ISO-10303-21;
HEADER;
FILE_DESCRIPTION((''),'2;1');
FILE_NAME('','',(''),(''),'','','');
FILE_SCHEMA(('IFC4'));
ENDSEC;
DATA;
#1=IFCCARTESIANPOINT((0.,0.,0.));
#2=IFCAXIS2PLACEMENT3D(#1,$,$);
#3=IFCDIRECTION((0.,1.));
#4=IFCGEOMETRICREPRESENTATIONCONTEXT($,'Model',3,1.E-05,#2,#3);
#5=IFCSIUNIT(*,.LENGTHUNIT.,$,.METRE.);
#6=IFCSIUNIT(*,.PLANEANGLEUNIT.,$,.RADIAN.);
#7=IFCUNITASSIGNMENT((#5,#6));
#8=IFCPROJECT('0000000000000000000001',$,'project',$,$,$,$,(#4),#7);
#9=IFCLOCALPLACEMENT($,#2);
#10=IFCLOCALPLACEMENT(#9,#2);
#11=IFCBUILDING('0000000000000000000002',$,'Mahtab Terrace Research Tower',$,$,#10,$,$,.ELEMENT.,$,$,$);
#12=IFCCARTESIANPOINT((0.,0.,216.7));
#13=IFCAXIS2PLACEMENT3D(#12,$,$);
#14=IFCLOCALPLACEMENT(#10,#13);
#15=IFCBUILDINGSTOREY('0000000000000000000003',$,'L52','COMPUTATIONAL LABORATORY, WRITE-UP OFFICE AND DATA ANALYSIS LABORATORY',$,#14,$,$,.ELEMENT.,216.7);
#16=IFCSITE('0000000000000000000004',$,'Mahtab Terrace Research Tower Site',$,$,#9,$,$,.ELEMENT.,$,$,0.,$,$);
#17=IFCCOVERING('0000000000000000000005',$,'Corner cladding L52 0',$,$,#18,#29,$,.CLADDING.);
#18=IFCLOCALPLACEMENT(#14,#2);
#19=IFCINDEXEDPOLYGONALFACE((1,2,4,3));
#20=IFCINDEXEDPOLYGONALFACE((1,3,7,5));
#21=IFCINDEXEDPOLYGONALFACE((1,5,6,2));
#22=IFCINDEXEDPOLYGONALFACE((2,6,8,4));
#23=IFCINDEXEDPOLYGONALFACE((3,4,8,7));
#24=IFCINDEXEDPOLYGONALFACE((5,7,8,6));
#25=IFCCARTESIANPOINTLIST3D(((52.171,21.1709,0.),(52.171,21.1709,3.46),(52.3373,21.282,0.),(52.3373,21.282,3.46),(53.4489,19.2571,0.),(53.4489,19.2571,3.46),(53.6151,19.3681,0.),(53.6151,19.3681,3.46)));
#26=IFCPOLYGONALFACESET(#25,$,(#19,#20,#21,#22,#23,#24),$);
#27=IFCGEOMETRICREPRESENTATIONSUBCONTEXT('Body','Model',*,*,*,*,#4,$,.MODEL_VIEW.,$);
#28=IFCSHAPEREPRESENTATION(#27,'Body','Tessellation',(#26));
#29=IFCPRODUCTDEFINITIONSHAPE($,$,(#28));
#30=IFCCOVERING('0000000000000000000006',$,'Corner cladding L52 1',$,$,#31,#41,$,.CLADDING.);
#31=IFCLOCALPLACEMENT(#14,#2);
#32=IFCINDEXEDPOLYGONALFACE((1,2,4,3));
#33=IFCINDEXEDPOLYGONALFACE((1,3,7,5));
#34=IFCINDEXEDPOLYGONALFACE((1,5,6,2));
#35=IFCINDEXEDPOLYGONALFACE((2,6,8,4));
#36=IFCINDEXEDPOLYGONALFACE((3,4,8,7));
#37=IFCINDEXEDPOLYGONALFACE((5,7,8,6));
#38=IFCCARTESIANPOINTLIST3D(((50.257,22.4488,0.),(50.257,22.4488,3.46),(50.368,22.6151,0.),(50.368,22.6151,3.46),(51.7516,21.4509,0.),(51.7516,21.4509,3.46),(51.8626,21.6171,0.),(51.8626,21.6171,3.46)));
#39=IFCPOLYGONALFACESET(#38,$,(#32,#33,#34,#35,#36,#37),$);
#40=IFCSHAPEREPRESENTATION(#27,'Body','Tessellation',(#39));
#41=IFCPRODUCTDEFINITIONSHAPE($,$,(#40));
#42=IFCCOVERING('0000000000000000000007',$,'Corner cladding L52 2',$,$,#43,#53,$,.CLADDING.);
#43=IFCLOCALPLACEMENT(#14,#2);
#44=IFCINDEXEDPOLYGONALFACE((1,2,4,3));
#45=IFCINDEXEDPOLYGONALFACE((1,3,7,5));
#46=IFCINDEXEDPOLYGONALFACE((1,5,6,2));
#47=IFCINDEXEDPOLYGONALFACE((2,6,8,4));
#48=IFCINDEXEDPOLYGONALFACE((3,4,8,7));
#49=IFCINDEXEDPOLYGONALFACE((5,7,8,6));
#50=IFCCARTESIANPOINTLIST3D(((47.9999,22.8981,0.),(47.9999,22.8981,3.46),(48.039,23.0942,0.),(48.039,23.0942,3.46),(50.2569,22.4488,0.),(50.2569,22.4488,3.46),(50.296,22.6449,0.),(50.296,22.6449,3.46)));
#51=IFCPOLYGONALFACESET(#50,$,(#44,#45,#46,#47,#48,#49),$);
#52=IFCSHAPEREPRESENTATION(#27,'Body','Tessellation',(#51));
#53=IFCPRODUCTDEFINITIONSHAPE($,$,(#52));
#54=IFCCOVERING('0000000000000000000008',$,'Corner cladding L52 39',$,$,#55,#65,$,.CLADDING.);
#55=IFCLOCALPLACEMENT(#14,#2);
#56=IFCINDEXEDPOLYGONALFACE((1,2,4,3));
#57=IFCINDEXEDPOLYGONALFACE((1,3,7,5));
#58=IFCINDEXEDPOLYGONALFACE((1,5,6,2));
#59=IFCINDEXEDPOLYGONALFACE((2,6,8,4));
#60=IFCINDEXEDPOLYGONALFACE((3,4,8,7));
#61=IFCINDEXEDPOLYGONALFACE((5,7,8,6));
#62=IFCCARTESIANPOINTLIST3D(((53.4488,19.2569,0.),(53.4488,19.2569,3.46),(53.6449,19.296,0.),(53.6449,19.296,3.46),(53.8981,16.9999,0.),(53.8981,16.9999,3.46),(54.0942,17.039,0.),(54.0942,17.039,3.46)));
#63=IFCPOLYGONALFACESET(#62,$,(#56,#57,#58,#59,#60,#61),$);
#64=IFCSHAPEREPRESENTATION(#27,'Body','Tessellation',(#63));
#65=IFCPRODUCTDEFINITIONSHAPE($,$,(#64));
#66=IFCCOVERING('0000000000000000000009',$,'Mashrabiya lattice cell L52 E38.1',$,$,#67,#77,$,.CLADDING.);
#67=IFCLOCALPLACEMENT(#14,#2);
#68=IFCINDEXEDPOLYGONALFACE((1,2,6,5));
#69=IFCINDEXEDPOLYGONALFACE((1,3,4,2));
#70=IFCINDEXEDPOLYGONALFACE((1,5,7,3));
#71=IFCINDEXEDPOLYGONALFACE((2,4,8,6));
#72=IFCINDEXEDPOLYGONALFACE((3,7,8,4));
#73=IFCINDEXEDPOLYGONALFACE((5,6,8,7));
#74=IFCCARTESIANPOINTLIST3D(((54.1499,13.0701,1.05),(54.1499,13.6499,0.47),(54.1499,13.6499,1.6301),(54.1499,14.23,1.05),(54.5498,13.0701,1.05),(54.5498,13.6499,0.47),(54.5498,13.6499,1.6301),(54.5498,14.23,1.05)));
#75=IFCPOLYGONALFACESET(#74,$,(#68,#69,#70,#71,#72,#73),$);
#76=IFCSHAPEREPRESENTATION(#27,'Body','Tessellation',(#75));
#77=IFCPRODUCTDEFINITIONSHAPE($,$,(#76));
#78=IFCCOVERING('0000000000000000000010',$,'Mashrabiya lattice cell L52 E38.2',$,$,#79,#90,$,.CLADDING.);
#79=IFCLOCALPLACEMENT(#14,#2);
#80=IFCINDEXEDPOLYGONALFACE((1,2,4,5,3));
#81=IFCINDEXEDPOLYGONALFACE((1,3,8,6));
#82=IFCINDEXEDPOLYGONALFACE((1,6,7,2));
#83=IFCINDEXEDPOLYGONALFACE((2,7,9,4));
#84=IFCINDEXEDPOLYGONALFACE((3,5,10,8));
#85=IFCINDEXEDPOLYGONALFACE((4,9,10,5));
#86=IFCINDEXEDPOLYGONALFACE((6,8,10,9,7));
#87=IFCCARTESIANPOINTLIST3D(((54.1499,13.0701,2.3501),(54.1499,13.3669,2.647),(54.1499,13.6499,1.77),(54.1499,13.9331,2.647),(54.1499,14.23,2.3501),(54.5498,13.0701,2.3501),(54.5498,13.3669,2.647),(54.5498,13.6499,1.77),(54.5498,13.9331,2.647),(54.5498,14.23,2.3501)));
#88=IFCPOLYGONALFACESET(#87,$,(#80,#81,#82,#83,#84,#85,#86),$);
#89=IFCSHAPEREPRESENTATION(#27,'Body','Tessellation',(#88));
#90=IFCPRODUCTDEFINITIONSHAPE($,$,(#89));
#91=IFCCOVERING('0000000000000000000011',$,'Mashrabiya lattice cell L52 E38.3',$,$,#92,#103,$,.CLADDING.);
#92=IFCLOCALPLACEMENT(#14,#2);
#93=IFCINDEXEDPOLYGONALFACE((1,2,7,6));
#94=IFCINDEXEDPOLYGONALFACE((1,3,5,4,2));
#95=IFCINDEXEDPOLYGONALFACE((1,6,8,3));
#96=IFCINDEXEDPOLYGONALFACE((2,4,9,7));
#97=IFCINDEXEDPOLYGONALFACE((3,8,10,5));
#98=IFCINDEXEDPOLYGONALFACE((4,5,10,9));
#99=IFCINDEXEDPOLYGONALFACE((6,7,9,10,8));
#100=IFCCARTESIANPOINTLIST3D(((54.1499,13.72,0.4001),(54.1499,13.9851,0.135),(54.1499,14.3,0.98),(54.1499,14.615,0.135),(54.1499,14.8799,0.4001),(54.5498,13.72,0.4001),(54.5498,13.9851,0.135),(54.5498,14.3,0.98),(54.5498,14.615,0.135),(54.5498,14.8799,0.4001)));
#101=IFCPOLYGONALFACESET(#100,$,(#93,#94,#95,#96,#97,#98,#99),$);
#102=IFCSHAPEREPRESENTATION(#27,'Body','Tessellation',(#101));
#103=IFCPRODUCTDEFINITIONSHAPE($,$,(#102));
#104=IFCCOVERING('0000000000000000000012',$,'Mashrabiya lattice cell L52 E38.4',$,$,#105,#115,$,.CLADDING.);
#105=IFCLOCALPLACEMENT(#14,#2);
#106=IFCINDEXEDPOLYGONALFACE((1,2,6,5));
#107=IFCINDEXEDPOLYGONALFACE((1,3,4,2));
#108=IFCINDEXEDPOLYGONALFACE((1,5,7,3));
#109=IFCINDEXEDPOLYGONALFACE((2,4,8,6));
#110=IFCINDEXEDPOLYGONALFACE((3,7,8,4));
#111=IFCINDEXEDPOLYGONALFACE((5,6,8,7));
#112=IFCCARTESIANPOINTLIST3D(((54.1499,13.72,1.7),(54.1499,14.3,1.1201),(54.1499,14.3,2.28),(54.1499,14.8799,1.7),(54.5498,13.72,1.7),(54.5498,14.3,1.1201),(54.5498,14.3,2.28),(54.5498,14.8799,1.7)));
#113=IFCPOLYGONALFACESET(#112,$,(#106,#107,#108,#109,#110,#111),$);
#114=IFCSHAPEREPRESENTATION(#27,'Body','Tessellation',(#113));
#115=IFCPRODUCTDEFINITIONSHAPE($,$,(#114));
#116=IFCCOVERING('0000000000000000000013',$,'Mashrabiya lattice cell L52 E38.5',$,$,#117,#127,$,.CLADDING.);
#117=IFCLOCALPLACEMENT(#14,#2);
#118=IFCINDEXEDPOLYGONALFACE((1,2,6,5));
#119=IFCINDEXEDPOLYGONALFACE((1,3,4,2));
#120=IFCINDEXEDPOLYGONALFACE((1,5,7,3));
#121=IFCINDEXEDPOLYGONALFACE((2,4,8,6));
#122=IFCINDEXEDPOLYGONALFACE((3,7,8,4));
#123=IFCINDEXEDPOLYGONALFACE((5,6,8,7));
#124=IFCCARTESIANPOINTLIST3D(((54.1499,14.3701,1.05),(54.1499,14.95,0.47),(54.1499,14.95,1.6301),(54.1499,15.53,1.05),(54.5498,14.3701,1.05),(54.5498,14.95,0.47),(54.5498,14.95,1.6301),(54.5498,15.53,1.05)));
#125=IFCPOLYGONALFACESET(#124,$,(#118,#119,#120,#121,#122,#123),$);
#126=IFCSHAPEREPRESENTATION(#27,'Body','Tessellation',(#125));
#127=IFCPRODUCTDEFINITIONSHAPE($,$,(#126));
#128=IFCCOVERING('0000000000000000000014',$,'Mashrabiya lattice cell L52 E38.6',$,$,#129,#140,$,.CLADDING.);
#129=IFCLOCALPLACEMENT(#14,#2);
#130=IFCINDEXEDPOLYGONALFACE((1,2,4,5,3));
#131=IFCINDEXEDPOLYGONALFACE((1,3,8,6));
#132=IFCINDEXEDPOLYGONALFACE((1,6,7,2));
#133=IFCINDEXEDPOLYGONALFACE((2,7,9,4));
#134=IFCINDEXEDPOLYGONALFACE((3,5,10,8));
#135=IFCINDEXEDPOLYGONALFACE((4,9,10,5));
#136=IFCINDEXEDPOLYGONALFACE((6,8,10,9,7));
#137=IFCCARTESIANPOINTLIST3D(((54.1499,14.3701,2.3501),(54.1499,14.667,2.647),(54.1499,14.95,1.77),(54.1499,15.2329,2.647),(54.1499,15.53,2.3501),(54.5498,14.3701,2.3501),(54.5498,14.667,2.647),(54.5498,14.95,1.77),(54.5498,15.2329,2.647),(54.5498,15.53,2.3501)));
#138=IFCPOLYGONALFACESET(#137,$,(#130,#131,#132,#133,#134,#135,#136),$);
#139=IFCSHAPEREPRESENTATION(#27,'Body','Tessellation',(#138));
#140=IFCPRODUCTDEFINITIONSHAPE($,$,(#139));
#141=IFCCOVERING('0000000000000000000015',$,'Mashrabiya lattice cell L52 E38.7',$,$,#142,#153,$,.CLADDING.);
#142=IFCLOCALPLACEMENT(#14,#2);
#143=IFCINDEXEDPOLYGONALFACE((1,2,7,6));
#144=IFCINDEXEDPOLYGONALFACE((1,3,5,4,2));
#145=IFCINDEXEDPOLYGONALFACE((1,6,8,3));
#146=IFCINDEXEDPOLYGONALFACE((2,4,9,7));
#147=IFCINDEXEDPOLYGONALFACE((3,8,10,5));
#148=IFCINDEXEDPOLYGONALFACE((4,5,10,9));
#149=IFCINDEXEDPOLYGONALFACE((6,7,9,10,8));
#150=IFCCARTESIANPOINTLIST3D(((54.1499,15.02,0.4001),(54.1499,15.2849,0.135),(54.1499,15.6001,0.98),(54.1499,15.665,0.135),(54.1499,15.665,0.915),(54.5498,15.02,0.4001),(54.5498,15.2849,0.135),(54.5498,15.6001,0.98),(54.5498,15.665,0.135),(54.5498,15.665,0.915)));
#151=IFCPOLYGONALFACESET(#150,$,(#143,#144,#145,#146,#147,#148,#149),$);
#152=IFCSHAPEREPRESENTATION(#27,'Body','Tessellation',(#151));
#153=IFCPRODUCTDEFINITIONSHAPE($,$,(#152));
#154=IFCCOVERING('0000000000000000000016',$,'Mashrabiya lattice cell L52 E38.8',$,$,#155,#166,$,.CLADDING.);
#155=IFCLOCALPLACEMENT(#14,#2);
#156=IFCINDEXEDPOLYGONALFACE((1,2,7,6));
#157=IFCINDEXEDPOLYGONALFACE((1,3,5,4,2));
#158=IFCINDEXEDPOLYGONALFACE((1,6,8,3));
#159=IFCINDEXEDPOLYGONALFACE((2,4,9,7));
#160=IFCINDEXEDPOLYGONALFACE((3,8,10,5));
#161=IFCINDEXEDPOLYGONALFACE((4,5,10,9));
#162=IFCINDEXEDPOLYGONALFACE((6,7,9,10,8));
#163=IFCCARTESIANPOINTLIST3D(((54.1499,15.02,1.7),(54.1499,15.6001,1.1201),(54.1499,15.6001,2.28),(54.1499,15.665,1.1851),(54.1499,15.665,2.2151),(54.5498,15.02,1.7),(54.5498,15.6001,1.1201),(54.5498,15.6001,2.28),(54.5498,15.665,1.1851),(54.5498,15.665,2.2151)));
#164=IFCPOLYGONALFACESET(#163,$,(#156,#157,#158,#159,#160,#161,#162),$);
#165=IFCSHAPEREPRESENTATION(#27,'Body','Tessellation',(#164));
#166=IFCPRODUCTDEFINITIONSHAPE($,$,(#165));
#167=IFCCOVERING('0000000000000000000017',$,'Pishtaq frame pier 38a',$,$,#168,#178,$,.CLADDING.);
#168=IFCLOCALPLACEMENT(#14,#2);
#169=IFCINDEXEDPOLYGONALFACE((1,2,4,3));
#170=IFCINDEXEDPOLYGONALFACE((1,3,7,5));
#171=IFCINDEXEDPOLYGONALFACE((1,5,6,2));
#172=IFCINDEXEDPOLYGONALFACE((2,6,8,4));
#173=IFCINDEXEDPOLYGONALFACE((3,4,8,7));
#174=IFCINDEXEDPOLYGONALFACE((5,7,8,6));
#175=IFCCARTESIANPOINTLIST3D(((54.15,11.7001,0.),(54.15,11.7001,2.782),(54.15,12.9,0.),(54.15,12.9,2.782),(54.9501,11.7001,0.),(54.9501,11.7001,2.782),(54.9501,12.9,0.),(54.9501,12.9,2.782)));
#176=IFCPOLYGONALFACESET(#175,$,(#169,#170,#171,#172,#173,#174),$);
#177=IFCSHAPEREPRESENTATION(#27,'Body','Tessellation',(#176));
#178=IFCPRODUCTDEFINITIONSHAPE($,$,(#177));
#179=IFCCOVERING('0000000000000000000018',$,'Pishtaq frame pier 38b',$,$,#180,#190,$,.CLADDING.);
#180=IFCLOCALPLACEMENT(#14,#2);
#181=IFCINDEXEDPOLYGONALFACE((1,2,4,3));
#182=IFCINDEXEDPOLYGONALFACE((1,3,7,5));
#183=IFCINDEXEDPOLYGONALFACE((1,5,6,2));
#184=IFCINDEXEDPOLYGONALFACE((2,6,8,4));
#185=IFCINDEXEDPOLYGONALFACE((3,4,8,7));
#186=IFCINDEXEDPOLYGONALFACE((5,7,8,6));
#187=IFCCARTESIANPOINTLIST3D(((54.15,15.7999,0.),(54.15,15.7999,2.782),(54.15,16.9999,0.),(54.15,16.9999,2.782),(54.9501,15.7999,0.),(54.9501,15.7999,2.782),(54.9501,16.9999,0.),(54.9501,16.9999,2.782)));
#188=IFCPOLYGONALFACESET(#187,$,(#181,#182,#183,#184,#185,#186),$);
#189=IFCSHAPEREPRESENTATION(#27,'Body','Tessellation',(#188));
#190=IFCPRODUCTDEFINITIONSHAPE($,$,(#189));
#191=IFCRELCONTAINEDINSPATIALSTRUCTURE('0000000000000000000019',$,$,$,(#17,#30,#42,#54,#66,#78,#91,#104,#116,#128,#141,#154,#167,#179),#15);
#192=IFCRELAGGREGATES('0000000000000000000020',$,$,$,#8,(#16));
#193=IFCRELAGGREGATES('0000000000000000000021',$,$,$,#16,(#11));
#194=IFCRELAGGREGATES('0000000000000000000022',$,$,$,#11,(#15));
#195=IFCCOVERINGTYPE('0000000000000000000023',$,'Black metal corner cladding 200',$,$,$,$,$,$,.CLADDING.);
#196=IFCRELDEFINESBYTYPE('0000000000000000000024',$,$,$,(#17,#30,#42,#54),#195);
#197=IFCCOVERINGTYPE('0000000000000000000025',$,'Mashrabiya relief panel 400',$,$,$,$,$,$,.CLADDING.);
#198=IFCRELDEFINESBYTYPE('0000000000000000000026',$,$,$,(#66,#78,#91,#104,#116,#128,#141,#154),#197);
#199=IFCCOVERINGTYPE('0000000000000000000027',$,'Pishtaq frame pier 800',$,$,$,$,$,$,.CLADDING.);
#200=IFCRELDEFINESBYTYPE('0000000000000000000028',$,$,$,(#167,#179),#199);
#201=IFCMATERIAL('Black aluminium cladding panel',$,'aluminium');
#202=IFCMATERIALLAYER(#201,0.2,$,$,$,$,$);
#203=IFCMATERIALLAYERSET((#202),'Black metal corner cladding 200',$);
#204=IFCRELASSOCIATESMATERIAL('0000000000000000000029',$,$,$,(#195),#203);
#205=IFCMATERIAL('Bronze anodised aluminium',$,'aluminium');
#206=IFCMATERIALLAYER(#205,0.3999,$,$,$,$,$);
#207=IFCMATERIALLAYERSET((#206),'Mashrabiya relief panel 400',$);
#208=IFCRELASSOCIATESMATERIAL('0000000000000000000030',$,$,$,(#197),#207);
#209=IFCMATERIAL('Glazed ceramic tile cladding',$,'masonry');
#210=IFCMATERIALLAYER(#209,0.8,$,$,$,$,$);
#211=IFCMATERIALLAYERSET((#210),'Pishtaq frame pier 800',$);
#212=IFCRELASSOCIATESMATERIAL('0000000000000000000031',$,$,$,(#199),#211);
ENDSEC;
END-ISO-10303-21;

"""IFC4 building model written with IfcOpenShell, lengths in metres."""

from ifc_helpers import new_model, si_unit, direction, frame, origin, origin_2d, place, context, subcontext, project, spatial, polyline, rectangle, outline, extrude, material, layer, layer_set, type_object, element, save


model = new_model("IFC4")

# Units and contexts
model_context = context("Model", 3, precision=1e-05, world=origin(), true_north=direction((0.0, 1.0)))
body_context = subcontext(model_context, "Body", "Model", "MODEL_VIEW")
ifc_project = project(units=[si_unit("LENGTHUNIT", "METRE"), si_unit("PLANEANGLEUNIT", "RADIAN")], contexts=[model_context])

# Site, building, storey
site_placement = place(None, origin())
site = spatial("IfcSite", under=ifc_project, at=site_placement, Name="Mahtab Terrace Research Tower Site", CompositionType="ELEMENT", RefElevation=0.0)
building_placement = place(site_placement, origin())
building = spatial("IfcBuilding", under=site, at=building_placement, Name="Mahtab Terrace Research Tower", CompositionType="ELEMENT")
storey_placement = place(building_placement, frame((0.0, 0.0, 216.7)))
storey = spatial("IfcBuildingStorey", under=building, at=storey_placement, Name="L52", Description="COMPUTATIONAL LABORATORY, WRITE-UP OFFICE AND DATA ANALYSIS LABORATORY", CompositionType="ELEMENT", Elevation=216.7)

# Shared definitions
ifc_material_1 = material(Name="Black aluminium cladding panel", Category="aluminium")

# Coverings
ifc_layer_1 = layer(ifc_material_1, 0.2)
ifc_layer_set_1 = layer_set([ifc_layer_1], Name="Black metal corner cladding 200")
covering_type_1 = type_object("IfcCoveringType", Name="Black metal corner cladding 200", PredefinedType="CLADDING", material=ifc_layer_set_1)
covering_1_placement = place(storey_placement, frame((52.8931, 20.2695, 0.0), z_axis=(0.0, 0.0, 1.0), x_axis=(-0.555291, 0.831656, 0.0)))
element("IfcCovering", 1, at=covering_1_placement, inside=storey, type_object=covering_type_1, Name="Corner cladding L52 0", PredefinedType="CLADDING", context=body_context, shape_type="SweptSolid", body=[
    extrude(rectangle(XDim=2.3013, YDim=0.2, at=origin_2d()), origin(), (0.0, 0.0, 1.0), 3.46),
])
covering_2_placement = place(storey_placement, frame((51.0598, 22.033, 0.0), z_axis=(0.0, 0.0, 1.0), x_axis=(-0.831656, 0.555291, 0.0)))
element("IfcCovering", 2, at=covering_2_placement, inside=storey, type_object=covering_type_1, Name="Corner cladding L52 1", PredefinedType="CLADDING", context=body_context, shape_type="SweptSolid", body=[
    extrude(rectangle(XDim=1.7971, YDim=0.2, at=origin_2d()), origin(), (0.0, 0.0, 1.0), 3.46),
])
for number, where, z_axis, x_axis, name in (
    (3, (49.1479, 22.7715, 0.0), (0.0, 0.0, 1.0), (-0.980761, 0.195212, 0.0), "Corner cladding L52 2"),
    (4, (53.7715, 18.1479, 0.0), (0.0, 0.0, 1.0), (-0.195212, 0.980761, 0.0), "Corner cladding L52 39"),
):
    element("IfcCovering", number, at=place(storey_placement, frame(where, z_axis=z_axis, x_axis=x_axis)), inside=storey, type_object=covering_type_1, Name=name, PredefinedType="CLADDING", context=body_context, shape_type="SweptSolid", body=[
        extrude(rectangle(XDim=2.3013, YDim=0.2, at=origin_2d()), origin(), (0.0, 0.0, 1.0), 3.46),
    ])
ifc_material_2 = material(Name="Bronze anodised aluminium", Category="aluminium")
ifc_layer_2 = layer(ifc_material_2, 0.3999)
ifc_layer_set_2 = layer_set([ifc_layer_2], Name="Mashrabiya relief panel 400")
covering_type_2 = type_object("IfcCoveringType", Name="Mashrabiya relief panel 400", PredefinedType="CLADDING", material=ifc_layer_set_2)
covering_3_placement = place(storey_placement, frame((54.1499, 13.6499, 1.6301), z_axis=(-1.0, 0.0, 0.0), x_axis=(0.0, 0.707107, -0.707107)))
element("IfcCovering", 5, at=covering_3_placement, inside=storey, type_object=covering_type_2, Name="Mashrabiya lattice cell L52 E38.1", PredefinedType="CLADDING", context=body_context, shape_type="SweptSolid", body=[
    extrude(outline(polyline([(0.0, 0.0), (0.8204, 0.0), (0.8204, 0.8204), (0.0002, 0.8202), (0.0, 0.0)])), origin(), (0.0, 0.0, -1.0), 0.3999),
])
covering_4_placement = place(storey_placement, frame((54.1499, 14.23, 2.3501), z_axis=(-1.0, 0.0, 0.0), x_axis=(0.0, -0.707107, -0.707107)))
element("IfcCovering", 6, at=covering_4_placement, inside=storey, type_object=covering_type_2, Name="Mashrabiya lattice cell L52 E38.2", PredefinedType="CLADDING", context=body_context, shape_type="SweptSolid", body=[
    extrude(outline(polyline([(0.0, 0.0), (0.8204, 0.0), (0.8202, 0.8202), (0.4003, 0.8202), (0.0, 0.4198), (0.0, 0.0)])), origin(), (0.0, 0.0, -1.0), 0.3999),
])
covering_5_placement = place(storey_placement, frame((54.1499, 13.72, 0.4001), z_axis=(-1.0, 0.0, 0.0), x_axis=(0.0, 0.707256, 0.706958)))
element("IfcCovering", 7, at=covering_5_placement, inside=storey, type_object=covering_type_2, Name="Mashrabiya lattice cell L52 E38.3", PredefinedType="CLADDING", context=body_context, shape_type="SweptSolid", body=[
    extrude(outline(polyline([(0.0, 0.0), (0.8202, 0.0), (0.8204, 0.82), (0.4456, 0.8203), (0.0001, 0.375), (0.0, 0.0)])), origin(), (0.0, 0.0, -1.0), 0.3999),
])
covering_6_placement = place(storey_placement, frame((54.1499, 14.3, 2.28), z_axis=(-1.0, 0.0, 0.0), x_axis=(0.0, 0.706958, -0.707256)))
element("IfcCovering", 8, at=covering_6_placement, inside=storey, type_object=covering_type_2, Name="Mashrabiya lattice cell L52 E38.4", PredefinedType="CLADDING", context=body_context, shape_type="SweptSolid", body=[
    extrude(outline(polyline([(0.0, 0.0), (0.8202, 0.0), (0.8204, 0.82), (0.0002, 0.8204), (0.0, 0.0)])), origin(), (0.0, 0.0, -1.0), 0.3999),
])
covering_7_placement = place(storey_placement, frame((54.1499, 14.95, 1.6301), z_axis=(-1.0, 0.0, 0.0), x_axis=(0.0, 0.707107, -0.707107)))
element("IfcCovering", 9, at=covering_7_placement, inside=storey, type_object=covering_type_2, Name="Mashrabiya lattice cell L52 E38.5", PredefinedType="CLADDING", context=body_context, shape_type="SweptSolid", body=[
    extrude(outline(polyline([(0.0, 0.0), (0.8204, 0.0), (0.8204, 0.8204), (0.0002, 0.8202), (0.0, 0.0)])), origin(), (0.0, 0.0, -1.0), 0.3999),
])
covering_8_placement = place(storey_placement, frame((54.1499, 15.53, 2.3501), z_axis=(-1.0, 0.0, 0.0), x_axis=(0.0, -0.707107, -0.707107)))
element("IfcCovering", 10, at=covering_8_placement, inside=storey, type_object=covering_type_2, Name="Mashrabiya lattice cell L52 E38.6", PredefinedType="CLADDING", context=body_context, shape_type="SweptSolid", body=[
    extrude(outline(polyline([(0.0, 0.0), (0.8204, 0.0), (0.8202, 0.8202), (0.4003, 0.8202), (0.0002, 0.42), (0.0, 0.0)])), origin(), (0.0, 0.0, -1.0), 0.3999),
])
covering_9_placement = place(storey_placement, frame((54.1499, 15.02, 0.4001), z_axis=(-1.0, 0.0, 0.0), x_axis=(0.0, 0.707256, 0.706958)))
element("IfcCovering", 11, at=covering_9_placement, inside=storey, type_object=covering_type_2, Name="Mashrabiya lattice cell L52 E38.7", PredefinedType="CLADDING", context=body_context, shape_type="SweptSolid", body=[
    extrude(outline(polyline([(0.0, 0.0), (0.8202, 0.0), (0.8202, 0.0918), (0.2688, 0.6435), (-0.0001, 0.3748), (0.0, 0.0)])), origin(), (0.0, 0.0, -1.0), 0.3999),
])
covering_10_placement = place(storey_placement, frame((54.1499, 15.6001, 1.1201), z_axis=(-1.0, 0.0, 0.0), x_axis=(0.0, -0.707256, 0.706958)))
element("IfcCovering", 12, at=covering_10_placement, inside=storey, type_object=covering_type_2, Name="Mashrabiya lattice cell L52 E38.8", PredefinedType="CLADDING", context=body_context, shape_type="SweptSolid", body=[
    extrude(outline(polyline([(0.0, 0.0), (0.8202, 0.0), (0.82, 0.8204), (0.7282, 0.8203), (0.0, 0.0918), (0.0, 0.0)])), origin(), (0.0, 0.0, -1.0), 0.3999),
])
ifc_material_3 = material(Name="Glazed ceramic tile cladding", Category="masonry")
ifc_layer_3 = layer(ifc_material_3, 0.8)
ifc_layer_set_3 = layer_set([ifc_layer_3], Name="Pishtaq frame pier 800")
covering_type_3 = type_object("IfcCoveringType", Name="Pishtaq frame pier 800", PredefinedType="CLADDING", material=ifc_layer_set_3)
for number, where, z_axis, x_axis, name in (
    (13, (54.55, 12.3, 0.0), (0.0, 0.0, 1.0), (0.0, 1.0, 0.0), "Pishtaq frame pier 38a"),
    (14, (54.55, 16.3999, 0.0), (0.0, 0.0, 1.0), (0.0, 1.0, 0.0), "Pishtaq frame pier 38b"),
):
    element("IfcCovering", number, at=place(storey_placement, frame(where, z_axis=z_axis, x_axis=x_axis)), inside=storey, type_object=covering_type_3, Name=name, PredefinedType="CLADDING", context=body_context, shape_type="SweptSolid", body=[
        extrude(rectangle(XDim=1.2, YDim=0.8, at=origin_2d()), origin(), (0.0, 0.0, 1.0), 2.782),
    ])

save(model, "model.ifc")
